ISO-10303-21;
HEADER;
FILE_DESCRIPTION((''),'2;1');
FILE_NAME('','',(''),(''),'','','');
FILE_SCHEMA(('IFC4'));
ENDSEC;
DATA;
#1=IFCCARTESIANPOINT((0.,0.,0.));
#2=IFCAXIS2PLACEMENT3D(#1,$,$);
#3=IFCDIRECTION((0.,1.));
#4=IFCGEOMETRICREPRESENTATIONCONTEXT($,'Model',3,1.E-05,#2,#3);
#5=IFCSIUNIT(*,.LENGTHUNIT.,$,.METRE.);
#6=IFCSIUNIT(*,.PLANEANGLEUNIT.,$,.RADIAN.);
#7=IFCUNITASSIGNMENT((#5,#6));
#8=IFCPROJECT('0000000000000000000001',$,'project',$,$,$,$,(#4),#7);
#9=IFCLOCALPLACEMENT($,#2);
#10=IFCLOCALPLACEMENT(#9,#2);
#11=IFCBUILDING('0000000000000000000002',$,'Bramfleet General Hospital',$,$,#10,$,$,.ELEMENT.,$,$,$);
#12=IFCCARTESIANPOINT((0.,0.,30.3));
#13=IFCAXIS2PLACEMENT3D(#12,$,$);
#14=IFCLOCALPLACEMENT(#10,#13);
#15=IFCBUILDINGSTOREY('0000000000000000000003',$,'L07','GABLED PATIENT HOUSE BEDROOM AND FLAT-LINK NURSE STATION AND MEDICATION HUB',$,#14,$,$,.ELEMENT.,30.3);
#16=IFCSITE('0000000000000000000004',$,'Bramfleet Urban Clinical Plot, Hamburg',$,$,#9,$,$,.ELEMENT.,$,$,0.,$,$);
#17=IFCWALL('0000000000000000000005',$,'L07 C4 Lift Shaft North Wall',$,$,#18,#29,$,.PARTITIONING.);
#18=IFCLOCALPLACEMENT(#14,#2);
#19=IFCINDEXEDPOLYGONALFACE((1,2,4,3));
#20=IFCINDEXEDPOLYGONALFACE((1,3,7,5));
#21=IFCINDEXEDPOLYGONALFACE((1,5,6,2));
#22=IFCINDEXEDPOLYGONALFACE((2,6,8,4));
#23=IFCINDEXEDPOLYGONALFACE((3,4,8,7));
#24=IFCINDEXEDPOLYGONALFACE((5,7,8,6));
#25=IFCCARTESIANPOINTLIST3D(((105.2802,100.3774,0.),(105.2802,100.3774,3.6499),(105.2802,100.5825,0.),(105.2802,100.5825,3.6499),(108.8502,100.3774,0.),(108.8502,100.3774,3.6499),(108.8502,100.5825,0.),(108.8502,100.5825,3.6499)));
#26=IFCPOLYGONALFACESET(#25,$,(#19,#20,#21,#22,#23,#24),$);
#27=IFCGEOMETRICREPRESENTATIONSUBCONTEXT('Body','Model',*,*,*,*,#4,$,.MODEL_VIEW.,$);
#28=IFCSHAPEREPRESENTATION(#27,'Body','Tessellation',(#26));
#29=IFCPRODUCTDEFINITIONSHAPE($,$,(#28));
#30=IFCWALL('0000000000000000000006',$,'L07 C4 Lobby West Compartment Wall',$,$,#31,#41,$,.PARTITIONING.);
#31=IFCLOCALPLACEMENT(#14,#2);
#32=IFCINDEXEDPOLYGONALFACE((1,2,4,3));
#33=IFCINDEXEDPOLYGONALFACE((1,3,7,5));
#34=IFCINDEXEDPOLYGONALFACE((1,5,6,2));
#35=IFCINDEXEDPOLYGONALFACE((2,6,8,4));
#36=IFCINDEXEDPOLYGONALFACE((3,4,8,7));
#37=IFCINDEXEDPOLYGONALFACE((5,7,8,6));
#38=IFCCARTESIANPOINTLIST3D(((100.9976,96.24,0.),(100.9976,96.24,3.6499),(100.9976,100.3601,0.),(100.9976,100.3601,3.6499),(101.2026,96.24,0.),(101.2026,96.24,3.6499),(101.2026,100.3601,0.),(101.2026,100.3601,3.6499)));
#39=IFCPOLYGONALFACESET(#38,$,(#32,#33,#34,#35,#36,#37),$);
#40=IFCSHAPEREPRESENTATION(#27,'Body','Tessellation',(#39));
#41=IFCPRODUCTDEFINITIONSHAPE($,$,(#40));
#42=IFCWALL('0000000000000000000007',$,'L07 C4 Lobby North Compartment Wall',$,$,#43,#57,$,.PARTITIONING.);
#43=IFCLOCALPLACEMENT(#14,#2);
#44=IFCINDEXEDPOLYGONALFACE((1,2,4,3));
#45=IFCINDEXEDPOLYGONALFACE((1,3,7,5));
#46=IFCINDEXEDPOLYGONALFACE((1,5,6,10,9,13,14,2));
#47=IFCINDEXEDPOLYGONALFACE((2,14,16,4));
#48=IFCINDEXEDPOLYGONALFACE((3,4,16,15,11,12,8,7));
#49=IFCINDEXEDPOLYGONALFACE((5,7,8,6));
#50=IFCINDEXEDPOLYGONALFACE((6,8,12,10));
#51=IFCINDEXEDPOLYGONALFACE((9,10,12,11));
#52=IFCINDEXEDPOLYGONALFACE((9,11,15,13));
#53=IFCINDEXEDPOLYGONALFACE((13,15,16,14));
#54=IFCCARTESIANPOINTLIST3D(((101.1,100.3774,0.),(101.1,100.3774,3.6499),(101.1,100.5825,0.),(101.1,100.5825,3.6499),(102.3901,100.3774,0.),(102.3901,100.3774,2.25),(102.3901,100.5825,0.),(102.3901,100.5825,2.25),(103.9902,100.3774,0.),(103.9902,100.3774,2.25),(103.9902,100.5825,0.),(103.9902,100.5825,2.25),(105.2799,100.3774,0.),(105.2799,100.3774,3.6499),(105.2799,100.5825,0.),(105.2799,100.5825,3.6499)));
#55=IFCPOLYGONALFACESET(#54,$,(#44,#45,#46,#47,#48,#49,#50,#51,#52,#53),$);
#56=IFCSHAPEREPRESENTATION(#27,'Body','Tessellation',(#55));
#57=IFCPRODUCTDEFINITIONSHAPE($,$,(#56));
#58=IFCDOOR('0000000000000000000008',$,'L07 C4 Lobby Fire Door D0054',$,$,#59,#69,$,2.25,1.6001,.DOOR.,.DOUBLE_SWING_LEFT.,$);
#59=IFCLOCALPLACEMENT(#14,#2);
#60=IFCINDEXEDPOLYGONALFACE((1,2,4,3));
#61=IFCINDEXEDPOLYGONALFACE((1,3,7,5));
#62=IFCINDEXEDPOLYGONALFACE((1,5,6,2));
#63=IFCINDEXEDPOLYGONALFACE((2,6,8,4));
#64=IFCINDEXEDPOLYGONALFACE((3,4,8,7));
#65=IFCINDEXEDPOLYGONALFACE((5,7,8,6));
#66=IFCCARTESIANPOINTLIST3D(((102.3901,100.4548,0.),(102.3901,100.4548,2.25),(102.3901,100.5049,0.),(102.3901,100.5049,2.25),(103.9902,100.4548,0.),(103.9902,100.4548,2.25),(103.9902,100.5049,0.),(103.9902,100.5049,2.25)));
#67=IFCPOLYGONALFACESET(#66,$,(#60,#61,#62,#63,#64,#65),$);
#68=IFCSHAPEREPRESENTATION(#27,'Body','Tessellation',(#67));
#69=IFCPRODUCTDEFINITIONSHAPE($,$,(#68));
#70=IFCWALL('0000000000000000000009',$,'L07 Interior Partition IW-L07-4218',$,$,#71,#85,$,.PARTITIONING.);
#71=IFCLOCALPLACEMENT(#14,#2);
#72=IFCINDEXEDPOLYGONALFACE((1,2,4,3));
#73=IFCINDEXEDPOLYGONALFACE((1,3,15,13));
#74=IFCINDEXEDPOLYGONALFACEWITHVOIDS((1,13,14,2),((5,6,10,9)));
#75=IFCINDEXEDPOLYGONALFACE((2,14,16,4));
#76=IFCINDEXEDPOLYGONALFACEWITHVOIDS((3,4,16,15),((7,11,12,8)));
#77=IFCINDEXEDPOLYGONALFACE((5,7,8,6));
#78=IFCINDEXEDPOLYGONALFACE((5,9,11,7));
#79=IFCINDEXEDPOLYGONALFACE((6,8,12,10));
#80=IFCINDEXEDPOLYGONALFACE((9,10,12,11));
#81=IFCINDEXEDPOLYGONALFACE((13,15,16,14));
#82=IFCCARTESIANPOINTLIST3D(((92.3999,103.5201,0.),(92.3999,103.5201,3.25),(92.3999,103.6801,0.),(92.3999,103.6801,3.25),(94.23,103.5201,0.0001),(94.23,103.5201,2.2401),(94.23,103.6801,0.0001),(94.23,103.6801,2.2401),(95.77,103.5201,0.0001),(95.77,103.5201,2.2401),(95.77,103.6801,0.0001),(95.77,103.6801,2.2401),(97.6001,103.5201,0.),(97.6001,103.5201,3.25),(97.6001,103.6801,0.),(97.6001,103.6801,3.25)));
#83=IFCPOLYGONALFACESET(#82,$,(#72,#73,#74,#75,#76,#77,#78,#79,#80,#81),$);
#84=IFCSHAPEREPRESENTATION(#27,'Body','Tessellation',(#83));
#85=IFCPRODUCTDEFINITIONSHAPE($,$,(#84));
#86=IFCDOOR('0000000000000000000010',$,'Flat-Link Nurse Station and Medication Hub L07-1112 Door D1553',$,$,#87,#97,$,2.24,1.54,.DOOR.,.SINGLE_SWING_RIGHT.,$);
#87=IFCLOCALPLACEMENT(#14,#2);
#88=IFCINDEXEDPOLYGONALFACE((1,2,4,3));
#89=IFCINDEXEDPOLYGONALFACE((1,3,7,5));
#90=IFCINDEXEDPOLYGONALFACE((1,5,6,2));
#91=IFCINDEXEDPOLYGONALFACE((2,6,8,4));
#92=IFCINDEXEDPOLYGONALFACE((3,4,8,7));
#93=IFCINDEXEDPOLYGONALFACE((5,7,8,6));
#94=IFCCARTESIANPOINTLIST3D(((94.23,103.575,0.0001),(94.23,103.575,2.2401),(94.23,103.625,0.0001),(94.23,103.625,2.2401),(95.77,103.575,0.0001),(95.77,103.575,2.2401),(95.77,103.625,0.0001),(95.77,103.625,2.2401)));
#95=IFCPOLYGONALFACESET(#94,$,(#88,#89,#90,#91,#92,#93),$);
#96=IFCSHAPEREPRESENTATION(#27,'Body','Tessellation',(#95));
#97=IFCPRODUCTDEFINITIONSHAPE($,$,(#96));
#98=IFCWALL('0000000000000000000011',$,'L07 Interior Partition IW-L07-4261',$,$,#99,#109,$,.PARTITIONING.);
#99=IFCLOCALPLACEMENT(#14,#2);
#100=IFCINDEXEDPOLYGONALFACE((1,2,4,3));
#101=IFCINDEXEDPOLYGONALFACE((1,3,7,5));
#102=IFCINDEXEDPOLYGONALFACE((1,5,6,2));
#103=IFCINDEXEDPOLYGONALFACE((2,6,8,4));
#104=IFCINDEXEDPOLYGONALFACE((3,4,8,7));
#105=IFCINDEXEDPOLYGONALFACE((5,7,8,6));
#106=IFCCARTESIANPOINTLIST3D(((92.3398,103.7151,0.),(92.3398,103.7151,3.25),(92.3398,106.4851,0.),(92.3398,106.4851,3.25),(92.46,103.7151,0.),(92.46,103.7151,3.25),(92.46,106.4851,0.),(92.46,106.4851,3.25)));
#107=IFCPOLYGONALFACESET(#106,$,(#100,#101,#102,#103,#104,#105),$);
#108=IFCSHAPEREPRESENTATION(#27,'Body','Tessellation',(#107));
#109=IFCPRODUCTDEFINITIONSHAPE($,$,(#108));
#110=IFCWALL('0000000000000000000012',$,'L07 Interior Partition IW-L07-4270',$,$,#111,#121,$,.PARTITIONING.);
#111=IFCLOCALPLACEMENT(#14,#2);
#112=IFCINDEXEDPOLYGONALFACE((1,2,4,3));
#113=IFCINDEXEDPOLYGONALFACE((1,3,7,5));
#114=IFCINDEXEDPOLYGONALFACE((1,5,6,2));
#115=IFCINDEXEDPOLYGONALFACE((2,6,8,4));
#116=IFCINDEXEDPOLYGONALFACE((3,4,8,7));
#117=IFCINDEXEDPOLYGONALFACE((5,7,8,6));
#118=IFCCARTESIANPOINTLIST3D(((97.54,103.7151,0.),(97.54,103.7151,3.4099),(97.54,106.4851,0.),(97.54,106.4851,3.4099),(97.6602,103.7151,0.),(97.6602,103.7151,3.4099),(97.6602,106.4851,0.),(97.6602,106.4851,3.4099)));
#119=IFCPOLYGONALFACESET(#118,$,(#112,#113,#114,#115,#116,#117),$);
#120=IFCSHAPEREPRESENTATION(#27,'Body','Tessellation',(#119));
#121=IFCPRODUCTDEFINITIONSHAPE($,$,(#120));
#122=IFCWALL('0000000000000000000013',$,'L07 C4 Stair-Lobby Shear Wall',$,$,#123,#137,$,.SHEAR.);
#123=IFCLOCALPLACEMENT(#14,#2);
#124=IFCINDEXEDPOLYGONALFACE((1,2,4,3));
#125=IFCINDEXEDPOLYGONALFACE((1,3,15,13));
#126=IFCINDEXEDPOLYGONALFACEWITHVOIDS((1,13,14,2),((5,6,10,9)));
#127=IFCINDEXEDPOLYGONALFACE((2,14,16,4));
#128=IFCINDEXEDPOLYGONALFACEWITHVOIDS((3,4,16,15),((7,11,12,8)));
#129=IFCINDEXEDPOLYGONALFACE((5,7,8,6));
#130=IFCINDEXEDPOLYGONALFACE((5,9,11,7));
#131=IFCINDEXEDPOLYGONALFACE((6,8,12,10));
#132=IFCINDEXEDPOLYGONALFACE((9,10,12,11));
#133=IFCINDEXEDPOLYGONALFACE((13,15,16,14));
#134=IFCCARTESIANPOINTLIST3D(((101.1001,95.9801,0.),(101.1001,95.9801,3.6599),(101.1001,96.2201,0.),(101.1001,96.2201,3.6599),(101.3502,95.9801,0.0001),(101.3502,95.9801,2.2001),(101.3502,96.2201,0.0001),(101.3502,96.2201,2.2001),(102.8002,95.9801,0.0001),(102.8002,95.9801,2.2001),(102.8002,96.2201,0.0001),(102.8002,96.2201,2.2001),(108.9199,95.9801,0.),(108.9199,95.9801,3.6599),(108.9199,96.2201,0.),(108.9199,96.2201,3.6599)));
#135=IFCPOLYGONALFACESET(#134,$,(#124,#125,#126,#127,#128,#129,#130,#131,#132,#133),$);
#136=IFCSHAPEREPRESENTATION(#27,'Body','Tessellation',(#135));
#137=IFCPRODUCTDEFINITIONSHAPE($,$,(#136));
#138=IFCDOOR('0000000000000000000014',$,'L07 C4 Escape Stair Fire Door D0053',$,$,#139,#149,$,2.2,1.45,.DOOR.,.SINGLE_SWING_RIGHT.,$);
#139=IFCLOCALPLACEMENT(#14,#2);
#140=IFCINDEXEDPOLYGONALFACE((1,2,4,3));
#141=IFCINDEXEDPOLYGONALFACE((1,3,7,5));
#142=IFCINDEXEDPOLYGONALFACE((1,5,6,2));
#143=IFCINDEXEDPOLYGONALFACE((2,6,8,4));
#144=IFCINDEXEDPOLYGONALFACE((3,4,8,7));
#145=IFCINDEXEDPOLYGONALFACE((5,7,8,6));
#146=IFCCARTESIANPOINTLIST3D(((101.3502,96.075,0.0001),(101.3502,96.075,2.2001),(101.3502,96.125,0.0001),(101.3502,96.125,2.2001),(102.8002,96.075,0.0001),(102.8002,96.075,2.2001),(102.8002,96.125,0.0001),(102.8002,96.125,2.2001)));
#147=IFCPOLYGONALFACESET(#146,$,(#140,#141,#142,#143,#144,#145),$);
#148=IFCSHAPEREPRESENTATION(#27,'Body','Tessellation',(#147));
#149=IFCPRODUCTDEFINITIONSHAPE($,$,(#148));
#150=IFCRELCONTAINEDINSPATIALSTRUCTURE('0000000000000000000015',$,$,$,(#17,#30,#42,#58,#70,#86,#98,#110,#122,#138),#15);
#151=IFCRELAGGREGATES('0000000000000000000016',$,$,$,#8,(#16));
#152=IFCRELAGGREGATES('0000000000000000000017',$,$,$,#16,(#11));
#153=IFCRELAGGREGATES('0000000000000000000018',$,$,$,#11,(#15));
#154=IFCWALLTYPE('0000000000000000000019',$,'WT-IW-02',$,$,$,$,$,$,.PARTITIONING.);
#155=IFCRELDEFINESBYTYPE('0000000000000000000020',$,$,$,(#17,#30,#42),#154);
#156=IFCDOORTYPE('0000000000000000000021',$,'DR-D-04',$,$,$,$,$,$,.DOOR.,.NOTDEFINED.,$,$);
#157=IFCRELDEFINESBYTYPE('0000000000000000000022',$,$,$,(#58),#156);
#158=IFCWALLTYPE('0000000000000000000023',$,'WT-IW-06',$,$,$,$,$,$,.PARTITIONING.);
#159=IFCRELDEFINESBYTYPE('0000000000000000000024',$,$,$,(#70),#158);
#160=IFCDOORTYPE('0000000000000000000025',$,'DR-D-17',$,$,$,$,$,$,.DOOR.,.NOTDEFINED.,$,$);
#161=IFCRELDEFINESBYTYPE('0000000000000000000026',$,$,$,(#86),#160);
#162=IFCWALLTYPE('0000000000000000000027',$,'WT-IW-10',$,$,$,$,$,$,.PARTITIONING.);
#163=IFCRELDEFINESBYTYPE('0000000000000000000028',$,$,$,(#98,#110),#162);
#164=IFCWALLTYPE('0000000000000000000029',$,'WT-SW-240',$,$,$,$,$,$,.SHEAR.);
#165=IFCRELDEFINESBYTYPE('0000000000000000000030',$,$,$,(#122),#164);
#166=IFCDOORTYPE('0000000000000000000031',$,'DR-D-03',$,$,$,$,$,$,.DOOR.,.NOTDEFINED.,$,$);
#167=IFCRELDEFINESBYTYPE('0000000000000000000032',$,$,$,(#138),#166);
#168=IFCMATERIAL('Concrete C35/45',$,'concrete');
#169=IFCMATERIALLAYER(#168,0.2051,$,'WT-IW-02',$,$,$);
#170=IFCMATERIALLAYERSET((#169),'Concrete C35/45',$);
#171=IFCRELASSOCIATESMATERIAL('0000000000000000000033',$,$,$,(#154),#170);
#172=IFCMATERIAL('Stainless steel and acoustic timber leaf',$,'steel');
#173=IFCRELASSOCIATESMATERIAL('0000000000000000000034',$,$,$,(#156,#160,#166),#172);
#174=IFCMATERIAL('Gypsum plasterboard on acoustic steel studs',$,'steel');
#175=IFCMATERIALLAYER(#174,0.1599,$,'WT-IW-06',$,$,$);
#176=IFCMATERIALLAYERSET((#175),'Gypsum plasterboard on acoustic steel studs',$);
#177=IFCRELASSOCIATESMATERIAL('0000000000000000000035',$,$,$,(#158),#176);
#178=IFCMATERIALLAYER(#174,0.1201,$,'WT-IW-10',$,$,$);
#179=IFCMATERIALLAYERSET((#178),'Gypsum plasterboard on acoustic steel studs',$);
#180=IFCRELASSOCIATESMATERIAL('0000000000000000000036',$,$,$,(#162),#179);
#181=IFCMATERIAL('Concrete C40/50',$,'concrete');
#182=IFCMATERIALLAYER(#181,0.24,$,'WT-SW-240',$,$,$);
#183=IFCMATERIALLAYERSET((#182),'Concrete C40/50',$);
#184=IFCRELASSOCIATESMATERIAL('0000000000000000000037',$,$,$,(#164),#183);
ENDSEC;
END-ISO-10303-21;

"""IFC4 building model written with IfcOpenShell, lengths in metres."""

from ifc_helpers import new_model, si_unit, direction, frame, frame_2d, origin, place, context, subcontext, project, spatial, rectangle, extrude, material, layer, layer_set, type_object, element, fill, save


model = new_model("IFC4")

# Units and contexts
model_context = context("Model", 3, precision=1e-05, world=origin(), true_north=direction((0.0, 1.0)))
body_context = subcontext(model_context, "Body", "Model", "MODEL_VIEW")
ifc_project = project(units=[si_unit("LENGTHUNIT", "METRE"), si_unit("PLANEANGLEUNIT", "RADIAN")], contexts=[model_context])

# Site, building, storey
site_placement = place(None, origin())
site = spatial("IfcSite", under=ifc_project, at=site_placement, Name="Bramfleet Urban Clinical Plot, Hamburg", CompositionType="ELEMENT", RefElevation=0.0)
building_placement = place(site_placement, origin())
building = spatial("IfcBuilding", under=site, at=building_placement, Name="Bramfleet General Hospital", CompositionType="ELEMENT")
storey_placement = place(building_placement, frame((0.0, 0.0, 30.3)))
storey = spatial("IfcBuildingStorey", under=building, at=storey_placement, Name="L07", Description="GABLED PATIENT HOUSE BEDROOM AND FLAT-LINK NURSE STATION AND MEDICATION HUB", CompositionType="ELEMENT", Elevation=30.3)

# Shared definitions
ifc_material_1 = material(Name="Concrete C40/50", Category="concrete")

# Shared definitions
ifc_material_2 = material(Name="Concrete C35/45", Category="concrete")
ifc_layer_1 = layer(ifc_material_2, 0.2051, Name="WT-IW-02")
ifc_layer_set_1 = layer_set([ifc_layer_1], Name="Concrete C35/45")
wall_type_1 = type_object("IfcWallType", Name="WT-IW-02", PredefinedType="PARTITIONING", material=ifc_layer_set_1)

# Walls
wall_1_placement = place(storey_placement, frame((105.28, 100.48, 0.0), z_axis=(0.0, 0.0, 1.0), x_axis=(1.0, 0.0, 0.0)))
element("IfcWall", 1, at=wall_1_placement, inside=storey, type_object=wall_type_1, Name="L07 C4 Lift Shaft North Wall", PredefinedType="PARTITIONING", context=body_context, shape_type="SweptSolid", body=[
    extrude(rectangle(XDim=3.5701, YDim=0.2051, at=frame_2d((1.7852, 0.0))), origin(), (0.0, 0.0, 1.0), 3.6499),
])
wall_2_placement = place(storey_placement, frame((101.1001, 96.24, 0.0), z_axis=(0.0, 0.0, 1.0), x_axis=(0.0, 1.0, 0.0)))
element("IfcWall", 2, at=wall_2_placement, inside=storey, type_object=wall_type_1, Name="L07 C4 Lobby West Compartment Wall", PredefinedType="PARTITIONING", context=body_context, shape_type="SweptSolid", body=[
    extrude(rectangle(XDim=4.1201, YDim=0.2051, at=frame_2d((2.0601, 0.0))), origin(), (0.0, 0.0, 1.0), 3.6499),
])

# Walls, openings, doors
wall_3_placement = place(storey_placement, frame((101.1001, 100.48, 0.0), z_axis=(0.0, 0.0, 1.0), x_axis=(1.0, 0.0, 0.0)))
wall_3 = element("IfcWall", 3, at=wall_3_placement, inside=storey, type_object=wall_type_1, Name="L07 C4 Lobby North Compartment Wall", PredefinedType="PARTITIONING", context=body_context, shape_type="SweptSolid", body=[
    extrude(rectangle(XDim=4.1799, YDim=0.2051, at=frame_2d((2.0898, 0.0))), origin(), (0.0, 0.0, 1.0), 3.6499),
])
opening_1_placement = place(wall_3_placement, frame((1.29, 0.0, 0.0)))
opening_1 = element("IfcOpeningElement", 4, at=opening_1_placement, cuts=wall_3, PredefinedType="OPENING", context=body_context, shape_type="SweptSolid", body=[
    extrude(rectangle(XDim=1.6001, YDim=2.25, at=frame_2d((0.8, 1.125))), frame((0.0, 0.1125, 0.0), z_axis=(0.0, -1.0, 0.0), x_axis=(1.0, 0.0, 0.0)), (0.0, 0.0, 1.0), 0.2251),
])
ifc_material_3 = material(Name="Stainless steel and acoustic timber leaf", Category="steel")
door_type_1 = type_object("IfcDoorType", Name="DR-D-04", OperationType="NOTDEFINED", PredefinedType="DOOR", material=ifc_material_3)
door_1_placement = place(opening_1_placement, origin())
door_1 = element("IfcDoor", 5, at=door_1_placement, inside=storey, type_object=door_type_1, Name="L07 C4 Lobby Fire Door D0054", OperationType="DOUBLE_SWING_LEFT", OverallHeight=2.25, OverallWidth=1.6001, PredefinedType="DOOR", context=body_context, shape_type="SweptSolid", body=[
    extrude(rectangle(XDim=1.6001, YDim=2.25, at=frame_2d((0.8, 1.125))), frame((0.0, 0.0249, 0.0), z_axis=(0.0, -1.0, 0.0), x_axis=(1.0, 0.0, 0.0)), (0.0, 0.0, 1.0), 0.05),
])
fill(opening_1, door_1)
ifc_material_4 = material(Name="Gypsum plasterboard on acoustic steel studs", Category="steel")
ifc_layer_2 = layer(ifc_material_4, 0.1599, Name="WT-IW-06")
ifc_layer_set_2 = layer_set([ifc_layer_2], Name="Gypsum plasterboard on acoustic steel studs")
wall_type_2 = type_object("IfcWallType", Name="WT-IW-06", PredefinedType="PARTITIONING", material=ifc_layer_set_2)
wall_4_placement = place(storey_placement, frame((92.3999, 103.6001, 0.0), z_axis=(0.0, 0.0, 1.0), x_axis=(1.0, 0.0, 0.0)))
wall_4 = element("IfcWall", 6, at=wall_4_placement, inside=storey, type_object=wall_type_2, Name="L07 Interior Partition IW-L07-4218", PredefinedType="PARTITIONING", context=body_context, shape_type="SweptSolid", body=[
    extrude(rectangle(XDim=5.2002, YDim=0.1599, at=frame_2d((2.6001, 0.0))), origin(), (0.0, 0.0, 1.0), 3.25),
])
opening_2_placement = place(wall_4_placement, frame((1.8301, 0.0, 0.0)))
opening_2 = element("IfcOpeningElement", 7, at=opening_2_placement, cuts=wall_4, PredefinedType="OPENING", context=body_context, shape_type="SweptSolid", body=[
    extrude(rectangle(XDim=1.54, YDim=2.24, at=frame_2d((0.77, 1.1201))), frame((0.0, 0.0898, 0.0), z_axis=(0.0, -1.0, 0.0), x_axis=(1.0, 0.0, 0.0)), (0.0, 0.0, 1.0), 0.1799),
])
door_type_2 = type_object("IfcDoorType", Name="DR-D-17", OperationType="NOTDEFINED", PredefinedType="DOOR", material=ifc_material_3)
door_2_placement = place(opening_2_placement, origin())
door_2 = element("IfcDoor", 8, at=door_2_placement, inside=storey, type_object=door_type_2, Name="Flat-Link Nurse Station and Medication Hub L07-1112 Door D1553", OperationType="SINGLE_SWING_RIGHT", OverallHeight=2.24, OverallWidth=1.54, PredefinedType="DOOR", context=body_context, shape_type="SweptSolid", body=[
    extrude(rectangle(XDim=1.54, YDim=2.24, at=frame_2d((0.77, 1.1201))), frame((0.0, 0.0249, 0.0), z_axis=(0.0, -1.0, 0.0), x_axis=(1.0, 0.0, 0.0)), (0.0, 0.0, 1.0), 0.05),
])
fill(opening_2, door_2)

# Walls
ifc_layer_3 = layer(ifc_material_4, 0.1201, Name="WT-IW-10")
ifc_layer_set_3 = layer_set([ifc_layer_3], Name="Gypsum plasterboard on acoustic steel studs")
wall_type_3 = type_object("IfcWallType", Name="WT-IW-10", PredefinedType="PARTITIONING", material=ifc_layer_set_3)
wall_5_placement = place(storey_placement, frame((92.3999, 103.7151, 0.0), z_axis=(0.0, 0.0, 1.0), x_axis=(0.0, 1.0, 0.0)))
element("IfcWall", 9, at=wall_5_placement, inside=storey, type_object=wall_type_3, Name="L07 Interior Partition IW-L07-4261", PredefinedType="PARTITIONING", context=body_context, shape_type="SweptSolid", body=[
    extrude(rectangle(XDim=2.77, YDim=0.1201, at=frame_2d((1.385, 0.0))), origin(), (0.0, 0.0, 1.0), 3.25),
])
wall_6_placement = place(storey_placement, frame((97.6001, 103.7151, 0.0), z_axis=(0.0, 0.0, 1.0), x_axis=(0.0, 1.0, 0.0)))
element("IfcWall", 10, at=wall_6_placement, inside=storey, type_object=wall_type_3, Name="L07 Interior Partition IW-L07-4270", PredefinedType="PARTITIONING", context=body_context, shape_type="SweptSolid", body=[
    extrude(rectangle(XDim=2.77, YDim=0.1201, at=frame_2d((1.385, 0.0))), origin(), (0.0, 0.0, 1.0), 3.4099),
])

# Wall, opening, door
ifc_layer_4 = layer(ifc_material_1, 0.24, Name="WT-SW-240")
ifc_layer_set_4 = layer_set([ifc_layer_4], Name="Concrete C40/50")
wall_type_4 = type_object("IfcWallType", Name="WT-SW-240", PredefinedType="SHEAR", material=ifc_layer_set_4)
wall_7_placement = place(storey_placement, frame((101.1001, 96.1001, 0.0), z_axis=(0.0, 0.0, 1.0), x_axis=(1.0, 0.0, 0.0)))
wall_7 = element("IfcWall", 11, at=wall_7_placement, inside=storey, type_object=wall_type_4, Name="L07 C4 Stair-Lobby Shear Wall", PredefinedType="SHEAR", context=body_context, shape_type="SweptSolid", body=[
    extrude(rectangle(XDim=7.8198, YDim=0.24, at=frame_2d((3.9099, 0.0))), origin(), (0.0, 0.0, 1.0), 3.6599),
])
opening_3_placement = place(wall_7_placement, frame((0.25, 0.0, 0.0)))
opening_3 = element("IfcOpeningElement", 12, at=opening_3_placement, cuts=wall_7, PredefinedType="OPENING", context=body_context, shape_type="SweptSolid", body=[
    extrude(rectangle(XDim=1.45, YDim=2.2, at=frame_2d((0.7251, 1.1001))), frame((0.0, 0.1299, 0.0), z_axis=(0.0, -1.0, 0.0), x_axis=(1.0, 0.0, 0.0)), (0.0, 0.0, 1.0), 0.26),
])
door_type_3 = type_object("IfcDoorType", Name="DR-D-03", OperationType="NOTDEFINED", PredefinedType="DOOR", material=ifc_material_3)
door_3_placement = place(opening_3_placement, origin())
door_3 = element("IfcDoor", 13, at=door_3_placement, inside=storey, type_object=door_type_3, Name="L07 C4 Escape Stair Fire Door D0053", OperationType="SINGLE_SWING_RIGHT", OverallHeight=2.2, OverallWidth=1.45, PredefinedType="DOOR", context=body_context, shape_type="SweptSolid", body=[
    extrude(rectangle(XDim=1.45, YDim=2.2, at=frame_2d((0.7251, 1.1001))), frame((0.0, 0.0249, 0.0), z_axis=(0.0, -1.0, 0.0), x_axis=(1.0, 0.0, 0.0)), (0.0, 0.0, 1.0), 0.05),
])
fill(opening_3, door_3)

save(model, "model.ifc")
